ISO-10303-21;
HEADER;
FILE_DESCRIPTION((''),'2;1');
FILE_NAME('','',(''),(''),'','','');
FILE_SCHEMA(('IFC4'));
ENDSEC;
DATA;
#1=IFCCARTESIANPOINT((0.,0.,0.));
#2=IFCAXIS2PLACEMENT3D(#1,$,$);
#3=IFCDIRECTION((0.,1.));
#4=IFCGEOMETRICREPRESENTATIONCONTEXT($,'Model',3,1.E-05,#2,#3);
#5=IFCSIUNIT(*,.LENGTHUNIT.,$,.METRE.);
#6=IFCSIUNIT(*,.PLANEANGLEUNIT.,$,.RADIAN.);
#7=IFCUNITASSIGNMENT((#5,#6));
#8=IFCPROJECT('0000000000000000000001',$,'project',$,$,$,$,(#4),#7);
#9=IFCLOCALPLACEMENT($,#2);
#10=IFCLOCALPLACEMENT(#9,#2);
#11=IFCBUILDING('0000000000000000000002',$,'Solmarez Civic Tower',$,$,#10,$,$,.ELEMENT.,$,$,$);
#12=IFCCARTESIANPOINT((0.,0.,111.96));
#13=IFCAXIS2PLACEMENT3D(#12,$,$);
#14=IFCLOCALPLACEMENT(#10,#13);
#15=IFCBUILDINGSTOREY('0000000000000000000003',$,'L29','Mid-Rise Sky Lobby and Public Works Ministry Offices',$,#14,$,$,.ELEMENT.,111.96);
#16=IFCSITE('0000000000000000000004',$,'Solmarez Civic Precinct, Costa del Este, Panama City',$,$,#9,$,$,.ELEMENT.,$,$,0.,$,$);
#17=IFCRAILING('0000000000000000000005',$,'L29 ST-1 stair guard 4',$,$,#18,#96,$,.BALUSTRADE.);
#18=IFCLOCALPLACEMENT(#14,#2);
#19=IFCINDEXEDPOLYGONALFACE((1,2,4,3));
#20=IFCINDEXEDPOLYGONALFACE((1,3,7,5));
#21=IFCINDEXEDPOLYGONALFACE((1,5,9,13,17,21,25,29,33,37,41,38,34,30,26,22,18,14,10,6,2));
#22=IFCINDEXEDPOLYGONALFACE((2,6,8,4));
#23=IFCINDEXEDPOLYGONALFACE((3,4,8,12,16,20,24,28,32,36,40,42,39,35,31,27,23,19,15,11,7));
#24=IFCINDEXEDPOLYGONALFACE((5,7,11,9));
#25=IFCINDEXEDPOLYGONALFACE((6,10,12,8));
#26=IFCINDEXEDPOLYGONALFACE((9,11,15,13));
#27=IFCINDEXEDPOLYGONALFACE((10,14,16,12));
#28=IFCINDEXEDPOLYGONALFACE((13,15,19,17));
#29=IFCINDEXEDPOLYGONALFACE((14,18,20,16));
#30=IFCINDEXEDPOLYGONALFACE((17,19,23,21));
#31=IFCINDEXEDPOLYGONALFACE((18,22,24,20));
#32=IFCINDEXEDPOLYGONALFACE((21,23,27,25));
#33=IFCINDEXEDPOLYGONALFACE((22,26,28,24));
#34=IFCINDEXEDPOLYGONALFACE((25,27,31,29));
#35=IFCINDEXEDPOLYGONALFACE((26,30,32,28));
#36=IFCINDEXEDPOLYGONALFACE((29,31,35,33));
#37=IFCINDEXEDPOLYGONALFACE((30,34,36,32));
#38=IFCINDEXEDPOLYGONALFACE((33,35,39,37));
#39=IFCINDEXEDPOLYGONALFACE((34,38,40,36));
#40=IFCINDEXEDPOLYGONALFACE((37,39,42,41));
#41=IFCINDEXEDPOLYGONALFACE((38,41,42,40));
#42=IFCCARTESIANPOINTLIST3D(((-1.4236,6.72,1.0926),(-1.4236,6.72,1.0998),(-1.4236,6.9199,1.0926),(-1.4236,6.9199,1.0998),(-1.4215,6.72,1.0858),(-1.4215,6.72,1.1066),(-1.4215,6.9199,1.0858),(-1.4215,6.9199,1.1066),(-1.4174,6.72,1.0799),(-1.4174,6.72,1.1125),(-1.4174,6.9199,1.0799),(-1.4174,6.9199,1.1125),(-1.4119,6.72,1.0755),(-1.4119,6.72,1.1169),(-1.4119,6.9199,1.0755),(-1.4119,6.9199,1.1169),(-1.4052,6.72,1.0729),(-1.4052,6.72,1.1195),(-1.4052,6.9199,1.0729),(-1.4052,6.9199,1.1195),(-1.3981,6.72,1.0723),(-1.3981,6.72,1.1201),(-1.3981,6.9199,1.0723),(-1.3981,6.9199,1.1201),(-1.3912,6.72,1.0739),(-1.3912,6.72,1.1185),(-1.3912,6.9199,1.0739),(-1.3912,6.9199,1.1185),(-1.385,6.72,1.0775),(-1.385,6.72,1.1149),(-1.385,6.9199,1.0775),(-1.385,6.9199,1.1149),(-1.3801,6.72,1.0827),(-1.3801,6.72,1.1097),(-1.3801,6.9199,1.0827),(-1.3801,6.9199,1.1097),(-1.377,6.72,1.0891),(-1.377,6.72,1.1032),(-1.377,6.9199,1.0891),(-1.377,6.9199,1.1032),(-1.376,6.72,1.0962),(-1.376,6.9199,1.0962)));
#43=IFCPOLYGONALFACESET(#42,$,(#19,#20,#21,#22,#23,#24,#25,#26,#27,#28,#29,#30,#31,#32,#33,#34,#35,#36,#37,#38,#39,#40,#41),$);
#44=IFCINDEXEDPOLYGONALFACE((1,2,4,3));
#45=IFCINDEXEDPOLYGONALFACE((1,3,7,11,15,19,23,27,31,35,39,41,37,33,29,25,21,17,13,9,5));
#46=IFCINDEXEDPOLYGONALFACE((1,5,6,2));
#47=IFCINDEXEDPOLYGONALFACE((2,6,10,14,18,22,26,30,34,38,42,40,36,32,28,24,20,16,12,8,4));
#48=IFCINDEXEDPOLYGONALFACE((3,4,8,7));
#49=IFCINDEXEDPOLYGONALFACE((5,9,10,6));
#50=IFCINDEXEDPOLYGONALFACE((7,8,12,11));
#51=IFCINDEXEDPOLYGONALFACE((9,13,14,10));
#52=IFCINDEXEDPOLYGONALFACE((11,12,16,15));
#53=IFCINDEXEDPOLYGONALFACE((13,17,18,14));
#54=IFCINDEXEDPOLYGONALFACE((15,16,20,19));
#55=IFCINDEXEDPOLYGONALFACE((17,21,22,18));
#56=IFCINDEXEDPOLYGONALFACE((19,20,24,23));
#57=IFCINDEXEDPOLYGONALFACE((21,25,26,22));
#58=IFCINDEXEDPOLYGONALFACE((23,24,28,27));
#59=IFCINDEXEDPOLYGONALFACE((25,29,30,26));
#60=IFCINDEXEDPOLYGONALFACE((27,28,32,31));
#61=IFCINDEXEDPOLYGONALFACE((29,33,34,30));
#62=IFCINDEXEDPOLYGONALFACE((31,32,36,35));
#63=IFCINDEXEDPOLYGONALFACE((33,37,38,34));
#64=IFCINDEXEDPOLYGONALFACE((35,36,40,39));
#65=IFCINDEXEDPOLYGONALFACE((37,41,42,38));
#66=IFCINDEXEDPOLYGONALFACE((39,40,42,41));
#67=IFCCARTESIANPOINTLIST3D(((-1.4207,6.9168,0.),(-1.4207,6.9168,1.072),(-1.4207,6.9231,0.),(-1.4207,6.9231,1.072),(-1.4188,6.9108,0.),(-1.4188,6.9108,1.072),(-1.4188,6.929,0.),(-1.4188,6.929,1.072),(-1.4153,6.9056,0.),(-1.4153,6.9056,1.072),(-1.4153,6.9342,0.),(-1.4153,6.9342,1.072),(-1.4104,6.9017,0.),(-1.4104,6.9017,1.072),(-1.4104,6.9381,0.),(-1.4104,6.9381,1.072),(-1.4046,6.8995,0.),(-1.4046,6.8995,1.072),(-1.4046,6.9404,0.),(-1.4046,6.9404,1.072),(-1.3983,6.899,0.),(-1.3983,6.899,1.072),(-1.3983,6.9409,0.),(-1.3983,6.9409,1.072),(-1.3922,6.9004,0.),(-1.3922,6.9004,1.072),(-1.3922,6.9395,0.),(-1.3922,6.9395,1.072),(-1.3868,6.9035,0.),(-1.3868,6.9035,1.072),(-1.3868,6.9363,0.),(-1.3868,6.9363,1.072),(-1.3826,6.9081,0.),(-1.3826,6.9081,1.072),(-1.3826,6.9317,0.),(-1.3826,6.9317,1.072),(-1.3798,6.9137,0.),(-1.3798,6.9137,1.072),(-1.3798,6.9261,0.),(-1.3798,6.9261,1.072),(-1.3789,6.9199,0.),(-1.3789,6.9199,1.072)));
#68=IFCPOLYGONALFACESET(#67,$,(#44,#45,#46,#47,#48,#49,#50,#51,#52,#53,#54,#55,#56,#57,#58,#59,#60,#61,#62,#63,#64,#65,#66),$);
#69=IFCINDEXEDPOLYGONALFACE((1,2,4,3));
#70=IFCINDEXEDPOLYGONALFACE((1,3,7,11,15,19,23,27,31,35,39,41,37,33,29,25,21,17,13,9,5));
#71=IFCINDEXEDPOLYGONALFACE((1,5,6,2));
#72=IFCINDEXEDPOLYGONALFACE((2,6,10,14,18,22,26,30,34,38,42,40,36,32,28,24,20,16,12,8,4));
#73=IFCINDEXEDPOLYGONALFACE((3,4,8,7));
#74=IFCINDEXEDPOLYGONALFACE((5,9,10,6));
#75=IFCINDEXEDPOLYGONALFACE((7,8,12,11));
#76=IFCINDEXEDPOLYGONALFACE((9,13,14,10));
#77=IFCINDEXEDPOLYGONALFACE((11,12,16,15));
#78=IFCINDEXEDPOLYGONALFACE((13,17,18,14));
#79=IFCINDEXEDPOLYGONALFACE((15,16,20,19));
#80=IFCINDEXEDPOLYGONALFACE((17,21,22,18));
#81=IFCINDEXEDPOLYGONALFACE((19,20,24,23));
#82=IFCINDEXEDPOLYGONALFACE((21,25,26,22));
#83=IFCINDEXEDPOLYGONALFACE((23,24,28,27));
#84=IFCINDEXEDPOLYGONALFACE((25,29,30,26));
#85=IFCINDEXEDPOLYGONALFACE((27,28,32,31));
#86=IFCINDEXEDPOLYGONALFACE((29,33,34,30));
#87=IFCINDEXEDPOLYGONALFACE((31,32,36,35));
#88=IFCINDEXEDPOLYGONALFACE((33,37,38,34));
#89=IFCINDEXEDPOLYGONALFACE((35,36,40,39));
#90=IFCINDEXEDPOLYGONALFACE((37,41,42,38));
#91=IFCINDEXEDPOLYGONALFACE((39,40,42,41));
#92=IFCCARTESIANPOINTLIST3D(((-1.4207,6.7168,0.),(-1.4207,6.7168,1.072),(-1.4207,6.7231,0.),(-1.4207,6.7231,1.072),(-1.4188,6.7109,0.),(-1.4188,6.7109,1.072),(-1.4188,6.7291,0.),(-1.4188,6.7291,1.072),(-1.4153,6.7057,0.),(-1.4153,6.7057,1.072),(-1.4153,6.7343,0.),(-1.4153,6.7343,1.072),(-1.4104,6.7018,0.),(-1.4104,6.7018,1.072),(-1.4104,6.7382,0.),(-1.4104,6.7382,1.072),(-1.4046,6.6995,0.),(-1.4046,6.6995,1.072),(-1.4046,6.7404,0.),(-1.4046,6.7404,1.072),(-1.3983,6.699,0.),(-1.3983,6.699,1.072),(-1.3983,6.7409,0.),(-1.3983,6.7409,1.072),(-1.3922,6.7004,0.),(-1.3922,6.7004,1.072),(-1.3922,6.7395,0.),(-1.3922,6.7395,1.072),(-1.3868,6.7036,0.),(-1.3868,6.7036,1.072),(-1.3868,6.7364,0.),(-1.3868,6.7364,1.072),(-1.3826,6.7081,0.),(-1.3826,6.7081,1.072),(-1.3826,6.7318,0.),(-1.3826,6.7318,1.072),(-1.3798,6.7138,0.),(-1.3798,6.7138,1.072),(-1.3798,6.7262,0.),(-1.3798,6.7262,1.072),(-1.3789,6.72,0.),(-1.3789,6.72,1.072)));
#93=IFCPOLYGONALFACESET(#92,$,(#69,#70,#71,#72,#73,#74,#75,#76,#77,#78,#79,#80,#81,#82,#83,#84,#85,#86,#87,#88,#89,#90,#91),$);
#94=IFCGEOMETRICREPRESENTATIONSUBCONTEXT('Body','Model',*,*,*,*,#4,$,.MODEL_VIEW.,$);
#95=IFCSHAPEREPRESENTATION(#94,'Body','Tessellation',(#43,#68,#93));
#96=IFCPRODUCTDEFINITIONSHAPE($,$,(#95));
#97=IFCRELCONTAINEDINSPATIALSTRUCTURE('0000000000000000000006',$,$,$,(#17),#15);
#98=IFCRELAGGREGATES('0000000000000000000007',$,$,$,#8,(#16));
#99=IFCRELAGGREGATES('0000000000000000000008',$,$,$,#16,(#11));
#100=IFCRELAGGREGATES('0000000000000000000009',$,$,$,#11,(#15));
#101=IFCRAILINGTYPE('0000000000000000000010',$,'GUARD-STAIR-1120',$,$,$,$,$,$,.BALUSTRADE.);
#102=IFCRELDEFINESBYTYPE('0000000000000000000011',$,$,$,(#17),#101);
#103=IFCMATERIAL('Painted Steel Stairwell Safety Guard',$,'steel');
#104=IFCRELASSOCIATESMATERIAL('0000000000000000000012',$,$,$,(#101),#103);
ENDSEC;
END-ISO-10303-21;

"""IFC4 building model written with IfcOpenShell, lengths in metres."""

from ifc_helpers import new_model, si_unit, direction, frame, origin, origin_2d, place, context, subcontext, project, spatial, circle, extrude, material, type_object, element, save


model = new_model("IFC4")

# Units and contexts
model_context = context("Model", 3, precision=1e-05, world=origin(), true_north=direction((0.0, 1.0)))
body_context = subcontext(model_context, "Body", "Model", "MODEL_VIEW")
ifc_project = project(units=[si_unit("LENGTHUNIT", "METRE"), si_unit("PLANEANGLEUNIT", "RADIAN")], contexts=[model_context])

# Site, building, storey
site_placement = place(None, origin())
site = spatial("IfcSite", under=ifc_project, at=site_placement, Name="Solmarez Civic Precinct, Costa del Este, Panama City", CompositionType="ELEMENT", RefElevation=0.0)
building_placement = place(site_placement, origin())
building = spatial("IfcBuilding", under=site, at=building_placement, Name="Solmarez Civic Tower", CompositionType="ELEMENT")
storey_placement = place(building_placement, frame((0.0, 0.0, 111.96)))
storey = spatial("IfcBuildingStorey", under=building, at=storey_placement, Name="L29", Description="Mid-Rise Sky Lobby and Public Works Ministry Offices", CompositionType="ELEMENT", Elevation=111.96)

# Railing
ifc_material_1 = material(Name="Painted Steel Stairwell Safety Guard", Category="steel")
railing_type = type_object("IfcRailingType", Name="GUARD-STAIR-1120", PredefinedType="BALUSTRADE", material=ifc_material_1)
railing_1_placement = place(storey_placement, frame((-1.3999, 6.9199, 0.0)))
element("IfcRailing", 1, at=railing_1_placement, inside=storey, type_object=railing_type, Name="L29 ST-1 stair guard 4", PredefinedType="BALUSTRADE", context=body_context, shape_type="SweptSolid", body=[
    extrude(circle(Radius=0.0239, at=origin_2d()), frame((0.0, 0.0, 1.0962), z_axis=(0.0, -1.0, 0.0), x_axis=(1.0, 0.0, 0.0)), (0.0, 0.0, 1.0), 0.2),
    extrude(circle(Radius=0.021, at=origin_2d()), origin(), (0.0, 0.0, 1.0), 1.072),
    extrude(circle(Radius=0.021, at=origin_2d()), frame((0.0, -0.2, 0.0)), (0.0, 0.0, 1.0), 1.072),
])

save(model, "model.ifc")
